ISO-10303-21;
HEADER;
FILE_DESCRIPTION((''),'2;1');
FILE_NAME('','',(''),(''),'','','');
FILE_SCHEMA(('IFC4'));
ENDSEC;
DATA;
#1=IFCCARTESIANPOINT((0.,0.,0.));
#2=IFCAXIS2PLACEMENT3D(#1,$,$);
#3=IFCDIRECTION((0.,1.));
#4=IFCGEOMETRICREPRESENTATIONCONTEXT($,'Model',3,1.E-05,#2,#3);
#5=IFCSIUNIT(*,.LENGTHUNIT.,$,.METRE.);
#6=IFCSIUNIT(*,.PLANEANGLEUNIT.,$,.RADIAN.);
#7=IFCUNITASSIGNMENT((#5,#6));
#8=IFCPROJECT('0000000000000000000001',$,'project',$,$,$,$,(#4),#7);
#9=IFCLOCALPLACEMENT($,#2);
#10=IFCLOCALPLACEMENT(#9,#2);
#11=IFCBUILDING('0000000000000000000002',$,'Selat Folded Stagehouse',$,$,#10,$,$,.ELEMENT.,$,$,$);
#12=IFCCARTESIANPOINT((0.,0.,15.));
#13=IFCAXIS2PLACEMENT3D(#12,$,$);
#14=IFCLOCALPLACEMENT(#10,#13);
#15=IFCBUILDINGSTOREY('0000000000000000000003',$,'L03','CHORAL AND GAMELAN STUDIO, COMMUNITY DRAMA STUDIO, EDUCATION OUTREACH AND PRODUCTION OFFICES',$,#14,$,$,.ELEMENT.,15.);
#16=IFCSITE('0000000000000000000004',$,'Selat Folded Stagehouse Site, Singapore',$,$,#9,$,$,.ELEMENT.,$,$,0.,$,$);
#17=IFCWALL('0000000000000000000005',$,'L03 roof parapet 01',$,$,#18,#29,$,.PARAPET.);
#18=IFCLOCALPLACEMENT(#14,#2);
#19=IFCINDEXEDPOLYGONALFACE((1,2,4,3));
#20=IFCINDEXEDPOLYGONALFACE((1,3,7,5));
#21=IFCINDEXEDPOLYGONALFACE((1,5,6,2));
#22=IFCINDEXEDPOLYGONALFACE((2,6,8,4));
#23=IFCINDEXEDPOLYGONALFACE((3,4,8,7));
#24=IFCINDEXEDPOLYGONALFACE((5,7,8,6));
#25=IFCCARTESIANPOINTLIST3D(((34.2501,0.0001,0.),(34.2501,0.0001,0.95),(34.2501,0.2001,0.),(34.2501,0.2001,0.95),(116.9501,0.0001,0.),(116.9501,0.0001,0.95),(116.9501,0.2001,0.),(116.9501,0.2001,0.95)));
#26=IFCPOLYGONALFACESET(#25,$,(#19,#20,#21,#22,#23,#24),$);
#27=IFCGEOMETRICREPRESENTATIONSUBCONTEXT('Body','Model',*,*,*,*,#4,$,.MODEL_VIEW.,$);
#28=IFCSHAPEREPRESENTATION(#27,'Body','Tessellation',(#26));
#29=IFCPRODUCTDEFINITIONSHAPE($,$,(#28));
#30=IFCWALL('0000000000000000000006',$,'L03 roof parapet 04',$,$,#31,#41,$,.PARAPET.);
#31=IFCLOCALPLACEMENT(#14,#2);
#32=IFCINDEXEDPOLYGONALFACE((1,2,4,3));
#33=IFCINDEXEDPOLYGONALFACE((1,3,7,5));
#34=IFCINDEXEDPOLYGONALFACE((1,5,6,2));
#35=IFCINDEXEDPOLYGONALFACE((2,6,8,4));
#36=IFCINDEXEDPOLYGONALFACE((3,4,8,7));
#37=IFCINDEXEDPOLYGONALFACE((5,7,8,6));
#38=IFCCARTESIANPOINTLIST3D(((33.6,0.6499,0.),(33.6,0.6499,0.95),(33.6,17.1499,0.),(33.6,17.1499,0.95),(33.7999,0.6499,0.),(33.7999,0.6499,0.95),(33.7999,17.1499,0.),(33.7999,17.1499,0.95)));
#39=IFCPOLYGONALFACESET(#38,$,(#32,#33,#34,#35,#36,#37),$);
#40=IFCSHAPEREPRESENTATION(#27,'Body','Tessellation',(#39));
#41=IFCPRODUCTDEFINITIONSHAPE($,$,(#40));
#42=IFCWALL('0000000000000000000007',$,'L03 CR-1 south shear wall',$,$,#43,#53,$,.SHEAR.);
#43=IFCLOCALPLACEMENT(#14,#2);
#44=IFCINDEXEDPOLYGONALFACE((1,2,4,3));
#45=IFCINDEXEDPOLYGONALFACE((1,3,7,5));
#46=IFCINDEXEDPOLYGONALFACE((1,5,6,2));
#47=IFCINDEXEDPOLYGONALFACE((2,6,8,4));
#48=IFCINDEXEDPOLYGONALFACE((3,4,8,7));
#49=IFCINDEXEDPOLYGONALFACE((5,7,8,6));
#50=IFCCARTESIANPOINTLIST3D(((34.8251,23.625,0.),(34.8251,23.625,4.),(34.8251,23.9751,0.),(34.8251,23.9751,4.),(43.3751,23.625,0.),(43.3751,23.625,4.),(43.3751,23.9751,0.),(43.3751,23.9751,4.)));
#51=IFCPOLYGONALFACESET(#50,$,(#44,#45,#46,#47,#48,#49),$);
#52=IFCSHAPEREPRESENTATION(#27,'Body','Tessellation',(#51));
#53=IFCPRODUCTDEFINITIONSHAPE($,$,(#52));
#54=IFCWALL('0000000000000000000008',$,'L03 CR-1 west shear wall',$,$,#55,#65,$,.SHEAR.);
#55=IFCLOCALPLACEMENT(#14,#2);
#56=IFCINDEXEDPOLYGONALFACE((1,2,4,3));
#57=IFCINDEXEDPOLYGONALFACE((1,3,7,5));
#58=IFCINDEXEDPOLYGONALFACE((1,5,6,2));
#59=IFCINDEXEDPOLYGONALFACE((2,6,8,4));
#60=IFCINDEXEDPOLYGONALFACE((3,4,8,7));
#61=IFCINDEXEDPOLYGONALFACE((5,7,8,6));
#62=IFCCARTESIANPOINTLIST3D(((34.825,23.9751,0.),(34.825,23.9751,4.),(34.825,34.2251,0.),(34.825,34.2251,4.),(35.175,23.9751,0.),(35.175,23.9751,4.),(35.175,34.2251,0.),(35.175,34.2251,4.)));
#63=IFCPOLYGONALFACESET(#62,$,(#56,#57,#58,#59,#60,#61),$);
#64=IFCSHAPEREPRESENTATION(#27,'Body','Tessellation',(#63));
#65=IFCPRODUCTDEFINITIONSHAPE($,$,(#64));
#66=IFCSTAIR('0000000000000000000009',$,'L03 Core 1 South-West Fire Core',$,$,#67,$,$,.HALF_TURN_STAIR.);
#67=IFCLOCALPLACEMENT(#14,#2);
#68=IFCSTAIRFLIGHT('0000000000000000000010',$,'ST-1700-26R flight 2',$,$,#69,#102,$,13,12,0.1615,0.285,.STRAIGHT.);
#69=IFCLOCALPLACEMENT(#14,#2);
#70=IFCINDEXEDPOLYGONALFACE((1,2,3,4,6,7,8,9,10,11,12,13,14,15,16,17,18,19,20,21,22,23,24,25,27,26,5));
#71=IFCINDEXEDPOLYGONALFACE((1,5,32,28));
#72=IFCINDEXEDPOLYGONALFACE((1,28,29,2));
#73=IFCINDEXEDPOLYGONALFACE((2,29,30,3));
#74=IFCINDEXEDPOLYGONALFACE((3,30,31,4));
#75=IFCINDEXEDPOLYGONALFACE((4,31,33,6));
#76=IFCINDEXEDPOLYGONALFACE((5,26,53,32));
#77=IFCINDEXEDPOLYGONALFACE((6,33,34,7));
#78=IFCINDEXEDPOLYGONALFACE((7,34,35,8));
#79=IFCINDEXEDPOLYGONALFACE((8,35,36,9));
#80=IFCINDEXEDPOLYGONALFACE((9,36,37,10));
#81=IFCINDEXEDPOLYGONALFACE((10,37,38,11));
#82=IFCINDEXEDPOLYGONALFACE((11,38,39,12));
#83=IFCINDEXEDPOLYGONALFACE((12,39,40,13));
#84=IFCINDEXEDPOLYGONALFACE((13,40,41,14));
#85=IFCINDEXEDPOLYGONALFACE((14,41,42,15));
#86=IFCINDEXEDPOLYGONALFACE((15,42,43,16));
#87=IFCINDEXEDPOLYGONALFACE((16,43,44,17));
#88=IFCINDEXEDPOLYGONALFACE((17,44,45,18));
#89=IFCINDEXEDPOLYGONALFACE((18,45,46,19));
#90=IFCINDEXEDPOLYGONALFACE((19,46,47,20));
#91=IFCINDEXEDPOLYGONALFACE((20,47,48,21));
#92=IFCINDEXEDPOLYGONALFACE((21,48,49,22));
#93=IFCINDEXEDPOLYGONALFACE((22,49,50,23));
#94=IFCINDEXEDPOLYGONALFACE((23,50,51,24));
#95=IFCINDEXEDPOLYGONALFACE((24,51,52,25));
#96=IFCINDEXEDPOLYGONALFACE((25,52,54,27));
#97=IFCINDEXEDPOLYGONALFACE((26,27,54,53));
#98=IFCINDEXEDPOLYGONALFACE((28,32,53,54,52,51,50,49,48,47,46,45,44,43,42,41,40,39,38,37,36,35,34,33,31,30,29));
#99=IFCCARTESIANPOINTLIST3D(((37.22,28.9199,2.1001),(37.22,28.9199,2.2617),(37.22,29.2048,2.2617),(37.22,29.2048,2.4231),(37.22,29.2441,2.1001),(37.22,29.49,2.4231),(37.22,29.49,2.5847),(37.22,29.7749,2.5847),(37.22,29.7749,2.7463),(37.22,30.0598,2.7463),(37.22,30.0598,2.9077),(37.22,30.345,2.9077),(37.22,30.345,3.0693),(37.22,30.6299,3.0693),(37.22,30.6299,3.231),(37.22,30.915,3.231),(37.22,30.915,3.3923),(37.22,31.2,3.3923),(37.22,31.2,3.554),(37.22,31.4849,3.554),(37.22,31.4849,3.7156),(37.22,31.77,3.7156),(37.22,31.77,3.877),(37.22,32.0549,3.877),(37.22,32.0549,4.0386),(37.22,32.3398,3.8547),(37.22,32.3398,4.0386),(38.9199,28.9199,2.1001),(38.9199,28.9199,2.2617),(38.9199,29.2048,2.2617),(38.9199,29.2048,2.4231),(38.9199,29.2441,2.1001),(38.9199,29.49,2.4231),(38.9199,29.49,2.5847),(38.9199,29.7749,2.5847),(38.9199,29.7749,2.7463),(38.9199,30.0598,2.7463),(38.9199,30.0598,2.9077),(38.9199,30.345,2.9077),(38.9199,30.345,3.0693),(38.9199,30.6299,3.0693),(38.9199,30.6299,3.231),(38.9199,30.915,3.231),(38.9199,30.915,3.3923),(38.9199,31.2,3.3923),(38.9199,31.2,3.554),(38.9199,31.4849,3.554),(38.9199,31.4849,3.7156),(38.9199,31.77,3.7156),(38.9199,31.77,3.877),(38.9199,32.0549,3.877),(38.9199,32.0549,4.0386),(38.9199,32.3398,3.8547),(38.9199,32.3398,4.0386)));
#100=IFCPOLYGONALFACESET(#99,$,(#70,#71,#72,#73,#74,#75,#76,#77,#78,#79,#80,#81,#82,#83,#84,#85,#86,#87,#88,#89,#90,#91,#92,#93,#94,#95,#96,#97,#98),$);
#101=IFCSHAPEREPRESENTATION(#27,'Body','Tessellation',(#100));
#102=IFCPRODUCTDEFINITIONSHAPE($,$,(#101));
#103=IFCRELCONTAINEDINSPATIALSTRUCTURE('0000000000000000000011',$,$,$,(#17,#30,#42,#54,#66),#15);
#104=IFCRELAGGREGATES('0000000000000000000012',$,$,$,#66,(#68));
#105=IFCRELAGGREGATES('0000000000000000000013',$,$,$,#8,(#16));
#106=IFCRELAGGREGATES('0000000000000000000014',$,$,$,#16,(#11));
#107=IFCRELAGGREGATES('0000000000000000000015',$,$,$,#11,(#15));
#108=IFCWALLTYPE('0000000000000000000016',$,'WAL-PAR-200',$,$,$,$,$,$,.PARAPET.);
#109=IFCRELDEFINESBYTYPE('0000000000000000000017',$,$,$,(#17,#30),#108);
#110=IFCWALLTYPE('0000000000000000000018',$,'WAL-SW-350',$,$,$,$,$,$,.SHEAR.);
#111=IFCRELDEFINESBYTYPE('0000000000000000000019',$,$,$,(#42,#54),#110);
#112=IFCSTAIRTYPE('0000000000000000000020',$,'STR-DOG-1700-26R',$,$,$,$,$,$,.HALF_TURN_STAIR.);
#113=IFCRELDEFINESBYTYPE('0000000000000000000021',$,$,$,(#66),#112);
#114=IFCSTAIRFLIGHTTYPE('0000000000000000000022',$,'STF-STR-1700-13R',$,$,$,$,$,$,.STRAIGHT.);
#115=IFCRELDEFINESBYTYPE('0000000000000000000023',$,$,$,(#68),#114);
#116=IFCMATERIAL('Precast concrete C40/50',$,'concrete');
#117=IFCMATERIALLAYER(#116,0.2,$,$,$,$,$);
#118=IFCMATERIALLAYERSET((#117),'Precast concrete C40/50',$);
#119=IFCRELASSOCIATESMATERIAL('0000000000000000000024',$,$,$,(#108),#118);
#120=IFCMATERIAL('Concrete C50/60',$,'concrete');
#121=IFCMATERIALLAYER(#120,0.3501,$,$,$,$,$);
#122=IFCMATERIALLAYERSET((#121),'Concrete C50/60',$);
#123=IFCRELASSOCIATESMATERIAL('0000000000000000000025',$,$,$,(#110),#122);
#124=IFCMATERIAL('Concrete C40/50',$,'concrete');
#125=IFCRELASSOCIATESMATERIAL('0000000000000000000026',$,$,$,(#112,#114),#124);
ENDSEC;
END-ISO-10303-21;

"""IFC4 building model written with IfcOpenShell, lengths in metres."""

from ifc_helpers import new_model, si_unit, direction, frame, frame_2d, origin, place, context, subcontext, project, spatial, polyline, rectangle, outline, extrude, material, layer, layer_set, type_object, element, aggregate, save


model = new_model("IFC4")

# Units and contexts
model_context = context("Model", 3, precision=1e-05, world=origin(), true_north=direction((0.0, 1.0)))
body_context = subcontext(model_context, "Body", "Model", "MODEL_VIEW")
ifc_project = project(units=[si_unit("LENGTHUNIT", "METRE"), si_unit("PLANEANGLEUNIT", "RADIAN")], contexts=[model_context])

# Site, building, storey
site_placement = place(None, origin())
site = spatial("IfcSite", under=ifc_project, at=site_placement, Name="Selat Folded Stagehouse Site, Singapore", CompositionType="ELEMENT", RefElevation=0.0)
building_placement = place(site_placement, origin())
building = spatial("IfcBuilding", under=site, at=building_placement, Name="Selat Folded Stagehouse", CompositionType="ELEMENT")
storey_placement = place(building_placement, frame((0.0, 0.0, 15.0)))
storey = spatial("IfcBuildingStorey", under=building, at=storey_placement, Name="L03", Description="CHORAL AND GAMELAN STUDIO, COMMUNITY DRAMA STUDIO, EDUCATION OUTREACH AND PRODUCTION OFFICES", CompositionType="ELEMENT", Elevation=15.0)

# Shared definitions
ifc_material_1 = material(Name="Concrete C40/50", Category="concrete")

# Walls
ifc_material_2 = material(Name="Precast concrete C40/50", Category="concrete")
ifc_layer_1 = layer(ifc_material_2, 0.2)
ifc_layer_set_1 = layer_set([ifc_layer_1], Name="Precast concrete C40/50")
wall_type_1 = type_object("IfcWallType", Name="WAL-PAR-200", PredefinedType="PARAPET", material=ifc_layer_set_1)
wall_1_placement = place(storey_placement, frame((34.25, 0.1001, 0.0), z_axis=(0.0, 0.0, 1.0), x_axis=(1.0, 0.0, 0.0)))
element("IfcWall", 1, at=wall_1_placement, inside=storey, type_object=wall_type_1, Name="L03 roof parapet 01", PredefinedType="PARAPET", context=body_context, shape_type="SweptSolid", body=[
    extrude(rectangle(XDim=82.7, YDim=0.2, at=frame_2d((41.3501, 0.0))), origin(), (0.0, 0.0, 1.0), 0.95),
])
wall_2_placement = place(storey_placement, frame((33.7, 17.1499, 0.0), z_axis=(0.0, 0.0, 1.0), x_axis=(0.0, -1.0, 0.0)))
element("IfcWall", 2, at=wall_2_placement, inside=storey, type_object=wall_type_1, Name="L03 roof parapet 04", PredefinedType="PARAPET", context=body_context, shape_type="SweptSolid", body=[
    extrude(rectangle(XDim=16.5, YDim=0.2, at=frame_2d((8.25, 0.0))), origin(), (0.0, 0.0, 1.0), 0.95),
])
ifc_material_3 = material(Name="Concrete C50/60", Category="concrete")
ifc_layer_2 = layer(ifc_material_3, 0.3501)
ifc_layer_set_2 = layer_set([ifc_layer_2], Name="Concrete C50/60")
wall_type_2 = type_object("IfcWallType", Name="WAL-SW-350", PredefinedType="SHEAR", material=ifc_layer_set_2)
wall_3_placement = place(storey_placement, frame((43.375, 23.8, 0.0), z_axis=(0.0, 0.0, 1.0), x_axis=(-1.0, 0.0, 0.0)))
element("IfcWall", 3, at=wall_3_placement, inside=storey, type_object=wall_type_2, Name="L03 CR-1 south shear wall", PredefinedType="SHEAR", context=body_context, shape_type="SweptSolid", body=[
    extrude(rectangle(XDim=8.55, YDim=0.3501, at=frame_2d((4.2749, 0.0))), origin(), (0.0, 0.0, 1.0), 4.0),
])
wall_4_placement = place(storey_placement, frame((35.0, 23.9751, 0.0), z_axis=(0.0, 0.0, 1.0), x_axis=(0.0, 1.0, 0.0)))
element("IfcWall", 4, at=wall_4_placement, inside=storey, type_object=wall_type_2, Name="L03 CR-1 west shear wall", PredefinedType="SHEAR", context=body_context, shape_type="SweptSolid", body=[
    extrude(rectangle(XDim=10.25, YDim=0.3501, at=frame_2d((5.125, 0.0))), origin(), (0.0, 0.0, 1.0), 4.0),
])

# Stair, stair flight
stair_type = type_object("IfcStairType", Name="STR-DOG-1700-26R", PredefinedType="HALF_TURN_STAIR", material=ifc_material_1)
stair_placement = place(storey_placement, origin())
stair = element("IfcStair", 5, at=stair_placement, inside=storey, type_object=stair_type, Name="L03 Core 1 South-West Fire Core", PredefinedType="HALF_TURN_STAIR")
stair_flight_type = type_object("IfcStairFlightType", Name="STF-STR-1700-13R", PredefinedType="STRAIGHT", material=ifc_material_1)
stair_flight_placement = place(storey_placement, frame((38.0701, 28.9199, 2.1001), z_axis=(0.0, 0.0, 1.0), x_axis=(0.0, 1.0, 0.0)))
stair_flight = element("IfcStairFlight", 6, at=stair_flight_placement, type_object=stair_flight_type, Name="ST-1700-26R flight 2", NumberOfRisers=13, NumberOfTreads=12, PredefinedType="STRAIGHT", RiserHeight=0.1615, TreadLength=0.285, context=body_context, shape_type="SweptSolid", body=[
    extrude(outline(polyline([(0.0, 0.0), (0.0, 0.1616), (0.2849, 0.1616), (0.2849, 0.323), (0.5701, 0.323), (0.5701, 0.4846), (0.855, 0.4846), (0.855, 0.6462), (1.1399, 0.6462), (1.1399, 0.8076), (1.425, 0.8076), (1.425, 0.9692), (1.71, 0.9692), (1.71, 1.1309), (1.9951, 1.1309), (1.9951, 1.2922), (2.28, 1.2922), (2.28, 1.4539), (2.5649, 1.4539), (2.5649, 1.6155), (2.8501, 1.6155), (2.8501, 1.7769), (3.135, 1.7769), (3.135, 1.9385), (3.4199, 1.9385), (3.4199, 2.1001), (3.4199, 1.7546), (0.3242, 0.0), (0.0, 0.0)])), frame((0.0, 0.8501, 0.0), z_axis=(0.0, -1.0, 0.0), x_axis=(1.0, 0.0, 0.0)), (0.0, 0.0, 1.0), 1.7),
])
aggregate(stair, [stair_flight])

save(model, "model.ifc")
